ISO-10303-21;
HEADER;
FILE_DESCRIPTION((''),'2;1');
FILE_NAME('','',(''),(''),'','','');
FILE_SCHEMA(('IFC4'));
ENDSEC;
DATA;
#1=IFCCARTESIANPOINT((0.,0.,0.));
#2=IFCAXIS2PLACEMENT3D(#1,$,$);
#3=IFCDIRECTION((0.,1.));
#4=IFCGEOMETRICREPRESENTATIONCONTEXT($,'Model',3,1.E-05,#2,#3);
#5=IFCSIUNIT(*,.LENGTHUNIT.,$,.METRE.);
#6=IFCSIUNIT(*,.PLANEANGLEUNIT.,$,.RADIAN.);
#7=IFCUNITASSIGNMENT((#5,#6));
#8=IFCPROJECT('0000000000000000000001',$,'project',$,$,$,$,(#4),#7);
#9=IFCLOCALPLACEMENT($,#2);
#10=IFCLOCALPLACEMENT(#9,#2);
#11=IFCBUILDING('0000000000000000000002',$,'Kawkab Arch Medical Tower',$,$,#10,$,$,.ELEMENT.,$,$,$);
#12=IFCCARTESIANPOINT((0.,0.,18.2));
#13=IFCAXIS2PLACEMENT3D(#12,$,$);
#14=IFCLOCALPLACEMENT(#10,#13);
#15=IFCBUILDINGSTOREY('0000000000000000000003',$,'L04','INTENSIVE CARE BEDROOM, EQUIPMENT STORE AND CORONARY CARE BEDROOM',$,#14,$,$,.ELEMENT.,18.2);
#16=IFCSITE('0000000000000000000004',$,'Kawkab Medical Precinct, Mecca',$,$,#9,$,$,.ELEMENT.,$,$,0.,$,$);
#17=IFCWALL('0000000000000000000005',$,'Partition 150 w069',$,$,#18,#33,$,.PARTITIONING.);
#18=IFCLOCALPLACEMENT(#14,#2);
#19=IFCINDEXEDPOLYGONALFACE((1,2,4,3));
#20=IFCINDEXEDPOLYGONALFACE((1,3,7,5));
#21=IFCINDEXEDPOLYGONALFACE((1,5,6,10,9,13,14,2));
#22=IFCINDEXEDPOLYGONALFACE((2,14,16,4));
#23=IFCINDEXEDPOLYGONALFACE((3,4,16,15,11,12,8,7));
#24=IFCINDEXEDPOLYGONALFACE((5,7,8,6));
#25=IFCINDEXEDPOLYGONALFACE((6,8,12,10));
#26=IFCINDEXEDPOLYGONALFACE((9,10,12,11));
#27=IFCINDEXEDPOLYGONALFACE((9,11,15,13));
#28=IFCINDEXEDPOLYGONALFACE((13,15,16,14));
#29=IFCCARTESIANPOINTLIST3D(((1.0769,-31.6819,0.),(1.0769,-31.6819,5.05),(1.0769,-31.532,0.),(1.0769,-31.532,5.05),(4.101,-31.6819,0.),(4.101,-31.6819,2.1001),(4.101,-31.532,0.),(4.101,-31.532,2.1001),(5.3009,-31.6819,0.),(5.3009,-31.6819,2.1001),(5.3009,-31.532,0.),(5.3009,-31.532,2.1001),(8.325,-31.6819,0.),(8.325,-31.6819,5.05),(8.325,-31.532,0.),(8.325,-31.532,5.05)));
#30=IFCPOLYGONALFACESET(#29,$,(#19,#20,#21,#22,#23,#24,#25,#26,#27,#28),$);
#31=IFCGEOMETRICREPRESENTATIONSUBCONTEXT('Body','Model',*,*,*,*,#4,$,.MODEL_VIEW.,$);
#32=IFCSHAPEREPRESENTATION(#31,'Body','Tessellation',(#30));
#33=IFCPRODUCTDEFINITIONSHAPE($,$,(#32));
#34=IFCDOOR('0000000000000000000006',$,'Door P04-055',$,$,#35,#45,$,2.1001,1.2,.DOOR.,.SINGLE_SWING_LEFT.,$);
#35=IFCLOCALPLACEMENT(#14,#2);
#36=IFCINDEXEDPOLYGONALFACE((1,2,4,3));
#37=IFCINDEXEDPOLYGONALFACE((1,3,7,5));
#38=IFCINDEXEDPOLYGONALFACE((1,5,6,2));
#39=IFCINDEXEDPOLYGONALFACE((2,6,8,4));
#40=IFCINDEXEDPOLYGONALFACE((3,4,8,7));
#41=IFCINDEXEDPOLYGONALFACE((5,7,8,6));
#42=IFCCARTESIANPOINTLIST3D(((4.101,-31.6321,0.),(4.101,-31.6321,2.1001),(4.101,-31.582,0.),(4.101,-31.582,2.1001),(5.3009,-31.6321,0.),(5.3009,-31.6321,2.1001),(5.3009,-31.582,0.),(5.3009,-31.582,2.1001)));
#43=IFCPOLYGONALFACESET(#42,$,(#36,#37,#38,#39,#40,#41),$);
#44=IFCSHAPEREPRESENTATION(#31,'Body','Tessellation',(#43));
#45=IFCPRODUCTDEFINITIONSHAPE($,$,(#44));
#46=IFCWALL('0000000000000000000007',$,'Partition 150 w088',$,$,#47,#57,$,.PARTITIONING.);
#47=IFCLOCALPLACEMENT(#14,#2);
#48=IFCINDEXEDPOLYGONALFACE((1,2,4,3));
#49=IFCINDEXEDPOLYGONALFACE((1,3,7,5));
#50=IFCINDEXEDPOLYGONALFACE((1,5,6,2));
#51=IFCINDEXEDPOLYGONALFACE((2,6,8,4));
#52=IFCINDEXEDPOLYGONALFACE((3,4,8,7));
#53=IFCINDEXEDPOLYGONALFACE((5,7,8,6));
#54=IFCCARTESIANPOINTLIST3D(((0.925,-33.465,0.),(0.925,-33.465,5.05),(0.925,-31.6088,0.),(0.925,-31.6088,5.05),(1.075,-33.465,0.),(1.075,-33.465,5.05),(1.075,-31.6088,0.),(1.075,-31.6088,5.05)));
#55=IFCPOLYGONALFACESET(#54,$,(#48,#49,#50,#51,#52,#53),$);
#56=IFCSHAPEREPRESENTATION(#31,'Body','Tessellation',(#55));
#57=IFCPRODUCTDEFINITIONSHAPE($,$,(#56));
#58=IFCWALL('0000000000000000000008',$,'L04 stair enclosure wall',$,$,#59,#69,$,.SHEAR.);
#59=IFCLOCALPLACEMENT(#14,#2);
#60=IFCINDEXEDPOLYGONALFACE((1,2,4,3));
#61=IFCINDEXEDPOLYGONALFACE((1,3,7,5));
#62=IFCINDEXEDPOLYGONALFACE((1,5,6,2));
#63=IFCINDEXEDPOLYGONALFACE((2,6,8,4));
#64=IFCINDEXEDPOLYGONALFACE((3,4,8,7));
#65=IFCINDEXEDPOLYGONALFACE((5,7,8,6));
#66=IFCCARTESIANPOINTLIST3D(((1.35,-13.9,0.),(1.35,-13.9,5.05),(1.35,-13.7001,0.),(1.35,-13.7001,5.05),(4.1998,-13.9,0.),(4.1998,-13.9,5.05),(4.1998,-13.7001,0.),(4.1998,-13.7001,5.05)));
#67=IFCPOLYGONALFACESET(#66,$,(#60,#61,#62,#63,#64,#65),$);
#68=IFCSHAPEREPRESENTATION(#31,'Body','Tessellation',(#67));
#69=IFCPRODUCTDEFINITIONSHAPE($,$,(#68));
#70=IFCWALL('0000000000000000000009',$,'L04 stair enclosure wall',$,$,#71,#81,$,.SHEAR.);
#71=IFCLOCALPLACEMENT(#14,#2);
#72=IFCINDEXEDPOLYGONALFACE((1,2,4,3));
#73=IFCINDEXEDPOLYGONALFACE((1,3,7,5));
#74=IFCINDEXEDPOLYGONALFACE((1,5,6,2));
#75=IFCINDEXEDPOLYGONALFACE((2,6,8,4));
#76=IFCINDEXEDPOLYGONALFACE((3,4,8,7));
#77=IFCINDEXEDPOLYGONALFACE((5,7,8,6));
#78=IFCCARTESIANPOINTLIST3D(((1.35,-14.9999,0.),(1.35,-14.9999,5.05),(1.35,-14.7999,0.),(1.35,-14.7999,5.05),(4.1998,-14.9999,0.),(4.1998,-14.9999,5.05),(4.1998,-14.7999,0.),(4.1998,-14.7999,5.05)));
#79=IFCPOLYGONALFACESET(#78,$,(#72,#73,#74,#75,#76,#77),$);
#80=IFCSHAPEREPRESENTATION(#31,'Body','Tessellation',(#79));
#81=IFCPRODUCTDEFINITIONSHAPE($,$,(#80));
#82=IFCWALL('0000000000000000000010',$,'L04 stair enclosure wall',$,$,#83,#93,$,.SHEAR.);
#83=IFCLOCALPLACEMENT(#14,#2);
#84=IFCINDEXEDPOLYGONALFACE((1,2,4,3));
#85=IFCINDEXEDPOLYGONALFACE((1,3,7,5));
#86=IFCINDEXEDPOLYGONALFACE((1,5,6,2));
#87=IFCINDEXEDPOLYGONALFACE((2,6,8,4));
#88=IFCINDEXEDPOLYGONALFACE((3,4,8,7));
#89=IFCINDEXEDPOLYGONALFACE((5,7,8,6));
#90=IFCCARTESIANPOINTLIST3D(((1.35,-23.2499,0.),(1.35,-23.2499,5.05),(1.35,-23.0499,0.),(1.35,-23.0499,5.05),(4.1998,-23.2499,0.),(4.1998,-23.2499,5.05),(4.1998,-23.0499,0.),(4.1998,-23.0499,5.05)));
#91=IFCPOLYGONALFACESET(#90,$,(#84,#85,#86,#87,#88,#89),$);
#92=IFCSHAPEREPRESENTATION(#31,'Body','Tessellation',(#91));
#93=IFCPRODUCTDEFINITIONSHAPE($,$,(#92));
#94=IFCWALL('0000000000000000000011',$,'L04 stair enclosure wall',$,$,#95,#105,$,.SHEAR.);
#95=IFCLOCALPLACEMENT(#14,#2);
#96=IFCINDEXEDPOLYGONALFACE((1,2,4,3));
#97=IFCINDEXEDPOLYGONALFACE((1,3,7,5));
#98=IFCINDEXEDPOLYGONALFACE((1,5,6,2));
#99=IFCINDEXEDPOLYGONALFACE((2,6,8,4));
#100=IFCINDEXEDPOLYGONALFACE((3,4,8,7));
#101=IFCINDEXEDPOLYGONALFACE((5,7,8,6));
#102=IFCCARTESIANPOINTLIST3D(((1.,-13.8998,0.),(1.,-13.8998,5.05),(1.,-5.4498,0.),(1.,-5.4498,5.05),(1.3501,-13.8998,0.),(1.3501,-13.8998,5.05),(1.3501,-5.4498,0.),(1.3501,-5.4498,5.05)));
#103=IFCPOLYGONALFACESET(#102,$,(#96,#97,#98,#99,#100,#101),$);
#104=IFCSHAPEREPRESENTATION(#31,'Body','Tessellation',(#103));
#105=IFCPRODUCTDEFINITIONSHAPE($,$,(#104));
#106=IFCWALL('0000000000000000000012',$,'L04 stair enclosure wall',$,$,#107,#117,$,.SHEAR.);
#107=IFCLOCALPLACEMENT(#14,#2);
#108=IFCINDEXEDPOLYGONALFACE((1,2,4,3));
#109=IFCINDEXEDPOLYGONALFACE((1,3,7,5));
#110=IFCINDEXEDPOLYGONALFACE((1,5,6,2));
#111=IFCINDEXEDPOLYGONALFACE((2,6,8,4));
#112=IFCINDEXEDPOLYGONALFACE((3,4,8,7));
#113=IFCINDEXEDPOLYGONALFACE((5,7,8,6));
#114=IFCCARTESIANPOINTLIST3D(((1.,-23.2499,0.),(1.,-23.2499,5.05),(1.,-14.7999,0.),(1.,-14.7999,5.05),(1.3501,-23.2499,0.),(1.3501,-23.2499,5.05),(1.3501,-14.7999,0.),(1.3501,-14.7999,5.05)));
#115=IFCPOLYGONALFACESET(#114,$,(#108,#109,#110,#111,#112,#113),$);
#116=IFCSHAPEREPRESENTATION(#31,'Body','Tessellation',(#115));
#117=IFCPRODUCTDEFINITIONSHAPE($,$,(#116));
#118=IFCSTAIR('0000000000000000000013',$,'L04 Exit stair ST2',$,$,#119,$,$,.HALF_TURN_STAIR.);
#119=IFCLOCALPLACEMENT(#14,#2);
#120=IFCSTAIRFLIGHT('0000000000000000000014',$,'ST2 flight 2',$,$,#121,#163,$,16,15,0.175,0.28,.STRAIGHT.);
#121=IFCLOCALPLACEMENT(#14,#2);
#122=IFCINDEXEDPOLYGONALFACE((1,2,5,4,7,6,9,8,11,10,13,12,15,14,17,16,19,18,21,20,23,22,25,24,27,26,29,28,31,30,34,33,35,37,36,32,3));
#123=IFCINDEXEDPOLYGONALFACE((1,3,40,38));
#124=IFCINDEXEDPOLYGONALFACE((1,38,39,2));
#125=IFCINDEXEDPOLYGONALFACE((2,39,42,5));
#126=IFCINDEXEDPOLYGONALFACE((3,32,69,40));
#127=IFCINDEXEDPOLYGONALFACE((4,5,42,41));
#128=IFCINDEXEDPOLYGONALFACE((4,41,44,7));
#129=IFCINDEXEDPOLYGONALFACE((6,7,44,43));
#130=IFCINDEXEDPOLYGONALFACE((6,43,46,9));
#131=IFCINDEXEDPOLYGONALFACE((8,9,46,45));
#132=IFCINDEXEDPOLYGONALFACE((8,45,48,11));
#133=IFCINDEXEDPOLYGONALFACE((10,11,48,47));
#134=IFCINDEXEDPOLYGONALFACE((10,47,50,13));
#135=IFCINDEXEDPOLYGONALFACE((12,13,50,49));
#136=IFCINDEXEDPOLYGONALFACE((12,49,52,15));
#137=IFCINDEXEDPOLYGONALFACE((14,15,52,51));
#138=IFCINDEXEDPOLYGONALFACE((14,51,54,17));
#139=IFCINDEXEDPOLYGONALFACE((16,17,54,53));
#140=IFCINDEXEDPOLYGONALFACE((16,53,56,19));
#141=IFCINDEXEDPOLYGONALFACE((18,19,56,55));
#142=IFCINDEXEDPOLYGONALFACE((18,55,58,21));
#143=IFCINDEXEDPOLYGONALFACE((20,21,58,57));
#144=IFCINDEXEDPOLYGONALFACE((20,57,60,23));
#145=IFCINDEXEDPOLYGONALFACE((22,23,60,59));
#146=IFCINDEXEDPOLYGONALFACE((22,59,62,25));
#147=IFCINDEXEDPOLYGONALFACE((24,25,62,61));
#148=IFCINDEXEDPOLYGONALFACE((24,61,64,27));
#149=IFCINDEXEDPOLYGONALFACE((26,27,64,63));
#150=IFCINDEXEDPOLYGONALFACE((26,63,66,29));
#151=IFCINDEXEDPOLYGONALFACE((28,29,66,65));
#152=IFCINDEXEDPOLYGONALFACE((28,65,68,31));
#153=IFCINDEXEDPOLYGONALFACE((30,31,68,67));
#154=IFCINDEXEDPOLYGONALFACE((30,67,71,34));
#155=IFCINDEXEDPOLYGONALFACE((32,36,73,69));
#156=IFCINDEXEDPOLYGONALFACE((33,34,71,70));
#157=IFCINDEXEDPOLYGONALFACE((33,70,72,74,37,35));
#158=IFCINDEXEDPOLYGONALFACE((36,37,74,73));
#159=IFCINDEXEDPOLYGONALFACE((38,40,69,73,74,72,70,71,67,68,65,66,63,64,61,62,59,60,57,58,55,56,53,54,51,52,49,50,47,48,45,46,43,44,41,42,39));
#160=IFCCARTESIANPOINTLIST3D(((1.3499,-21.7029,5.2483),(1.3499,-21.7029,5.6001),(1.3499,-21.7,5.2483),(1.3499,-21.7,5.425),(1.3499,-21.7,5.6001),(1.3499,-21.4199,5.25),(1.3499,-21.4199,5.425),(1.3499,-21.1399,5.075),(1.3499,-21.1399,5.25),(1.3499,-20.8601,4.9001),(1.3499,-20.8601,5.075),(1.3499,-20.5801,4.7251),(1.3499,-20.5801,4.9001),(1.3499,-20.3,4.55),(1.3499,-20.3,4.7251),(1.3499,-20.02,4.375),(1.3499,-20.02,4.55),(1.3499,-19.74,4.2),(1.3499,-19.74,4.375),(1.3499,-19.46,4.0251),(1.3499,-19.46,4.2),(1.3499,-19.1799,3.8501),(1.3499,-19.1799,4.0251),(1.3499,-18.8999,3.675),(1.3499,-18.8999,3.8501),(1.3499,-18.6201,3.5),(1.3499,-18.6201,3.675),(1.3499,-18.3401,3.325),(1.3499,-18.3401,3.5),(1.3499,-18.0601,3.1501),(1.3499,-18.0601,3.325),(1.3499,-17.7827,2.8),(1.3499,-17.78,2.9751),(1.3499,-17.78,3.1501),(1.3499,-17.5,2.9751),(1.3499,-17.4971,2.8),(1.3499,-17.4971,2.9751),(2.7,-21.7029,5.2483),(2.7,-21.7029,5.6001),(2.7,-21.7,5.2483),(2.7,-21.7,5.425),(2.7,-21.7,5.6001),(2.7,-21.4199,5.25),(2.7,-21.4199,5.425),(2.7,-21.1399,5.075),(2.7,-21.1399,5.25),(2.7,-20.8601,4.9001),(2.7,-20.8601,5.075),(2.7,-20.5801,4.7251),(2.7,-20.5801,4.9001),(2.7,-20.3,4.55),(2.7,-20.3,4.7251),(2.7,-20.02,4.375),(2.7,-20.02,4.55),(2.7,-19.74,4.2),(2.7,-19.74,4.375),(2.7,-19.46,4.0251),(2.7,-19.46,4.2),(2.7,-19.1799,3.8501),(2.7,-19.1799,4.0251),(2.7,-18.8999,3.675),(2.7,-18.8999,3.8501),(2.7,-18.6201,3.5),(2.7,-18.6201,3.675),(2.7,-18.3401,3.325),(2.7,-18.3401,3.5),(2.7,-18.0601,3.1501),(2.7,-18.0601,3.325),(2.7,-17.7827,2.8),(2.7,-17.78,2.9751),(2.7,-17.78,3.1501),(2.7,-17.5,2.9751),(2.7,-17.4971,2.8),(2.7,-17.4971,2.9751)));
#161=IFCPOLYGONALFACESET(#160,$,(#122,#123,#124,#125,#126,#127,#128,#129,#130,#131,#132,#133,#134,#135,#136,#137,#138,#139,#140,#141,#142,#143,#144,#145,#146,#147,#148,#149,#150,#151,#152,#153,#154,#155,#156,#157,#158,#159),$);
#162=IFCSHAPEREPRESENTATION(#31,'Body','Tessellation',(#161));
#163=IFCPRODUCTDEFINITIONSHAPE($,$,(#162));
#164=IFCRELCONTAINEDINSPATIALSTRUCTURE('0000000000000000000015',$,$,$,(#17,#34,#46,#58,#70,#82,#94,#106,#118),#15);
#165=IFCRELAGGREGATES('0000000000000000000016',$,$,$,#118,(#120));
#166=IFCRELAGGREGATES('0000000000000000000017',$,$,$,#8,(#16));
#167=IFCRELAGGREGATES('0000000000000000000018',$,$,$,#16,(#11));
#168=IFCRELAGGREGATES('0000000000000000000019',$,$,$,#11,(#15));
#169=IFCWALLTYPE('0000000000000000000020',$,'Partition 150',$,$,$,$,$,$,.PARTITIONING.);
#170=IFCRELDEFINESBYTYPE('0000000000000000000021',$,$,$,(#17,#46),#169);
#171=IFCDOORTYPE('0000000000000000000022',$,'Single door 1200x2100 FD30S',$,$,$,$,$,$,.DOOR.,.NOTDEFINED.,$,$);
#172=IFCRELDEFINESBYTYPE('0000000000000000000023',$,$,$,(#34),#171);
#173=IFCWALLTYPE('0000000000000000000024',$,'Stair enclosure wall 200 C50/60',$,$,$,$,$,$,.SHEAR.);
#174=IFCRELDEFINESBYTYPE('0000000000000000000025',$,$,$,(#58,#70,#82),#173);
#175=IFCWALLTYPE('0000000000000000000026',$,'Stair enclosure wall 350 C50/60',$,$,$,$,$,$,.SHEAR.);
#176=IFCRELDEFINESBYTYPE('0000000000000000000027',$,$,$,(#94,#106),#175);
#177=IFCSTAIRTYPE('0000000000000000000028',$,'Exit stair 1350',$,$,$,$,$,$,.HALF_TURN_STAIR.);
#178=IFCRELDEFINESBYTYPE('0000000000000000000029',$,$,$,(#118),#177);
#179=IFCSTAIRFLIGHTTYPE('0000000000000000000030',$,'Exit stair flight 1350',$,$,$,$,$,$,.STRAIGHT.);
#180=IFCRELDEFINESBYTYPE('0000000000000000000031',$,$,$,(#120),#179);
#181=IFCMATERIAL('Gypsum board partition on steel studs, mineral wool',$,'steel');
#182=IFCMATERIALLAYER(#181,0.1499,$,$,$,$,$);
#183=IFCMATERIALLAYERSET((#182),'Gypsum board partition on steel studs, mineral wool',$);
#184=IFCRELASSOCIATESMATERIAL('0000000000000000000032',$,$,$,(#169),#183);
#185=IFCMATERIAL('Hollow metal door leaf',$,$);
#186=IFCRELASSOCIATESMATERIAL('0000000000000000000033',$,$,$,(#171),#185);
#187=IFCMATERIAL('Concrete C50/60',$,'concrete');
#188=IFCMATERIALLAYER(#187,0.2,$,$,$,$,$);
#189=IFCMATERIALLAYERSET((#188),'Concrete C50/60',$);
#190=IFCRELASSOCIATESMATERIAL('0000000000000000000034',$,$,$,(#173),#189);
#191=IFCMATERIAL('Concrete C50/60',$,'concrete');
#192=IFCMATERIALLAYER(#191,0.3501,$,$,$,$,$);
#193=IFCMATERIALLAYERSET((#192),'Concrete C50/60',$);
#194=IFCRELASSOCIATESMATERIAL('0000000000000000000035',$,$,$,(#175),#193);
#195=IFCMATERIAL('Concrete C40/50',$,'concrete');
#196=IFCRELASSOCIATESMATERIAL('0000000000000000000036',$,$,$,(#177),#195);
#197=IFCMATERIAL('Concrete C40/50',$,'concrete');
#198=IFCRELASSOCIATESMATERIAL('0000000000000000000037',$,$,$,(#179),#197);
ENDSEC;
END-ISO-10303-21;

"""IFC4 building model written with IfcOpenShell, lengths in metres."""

from ifc_helpers import new_model, si_unit, direction, frame, frame_2d, origin, place, context, subcontext, project, spatial, polyline, rectangle, outline, extrude, material, layer, layer_set, type_object, element, fill, aggregate, save


model = new_model("IFC4")

# Units and contexts
model_context = context("Model", 3, precision=1e-05, world=origin(), true_north=direction((0.0, 1.0)))
body_context = subcontext(model_context, "Body", "Model", "MODEL_VIEW")
ifc_project = project(units=[si_unit("LENGTHUNIT", "METRE"), si_unit("PLANEANGLEUNIT", "RADIAN")], contexts=[model_context])

# Site, building, storey
site_placement = place(None, origin())
site = spatial("IfcSite", under=ifc_project, at=site_placement, Name="Kawkab Medical Precinct, Mecca", CompositionType="ELEMENT", RefElevation=0.0)
building_placement = place(site_placement, origin())
building = spatial("IfcBuilding", under=site, at=building_placement, Name="Kawkab Arch Medical Tower", CompositionType="ELEMENT")
storey_placement = place(building_placement, frame((0.0, 0.0, 18.2)))
storey = spatial("IfcBuildingStorey", under=building, at=storey_placement, Name="L04", Description="INTENSIVE CARE BEDROOM, EQUIPMENT STORE AND CORONARY CARE BEDROOM", CompositionType="ELEMENT", Elevation=18.2)

# Wall, opening, door
ifc_material_1 = material(Name="Gypsum board partition on steel studs, mineral wool", Category="steel")
ifc_layer_1 = layer(ifc_material_1, 0.1499)
ifc_layer_set_1 = layer_set([ifc_layer_1], Name="Gypsum board partition on steel studs, mineral wool")
wall_type_1 = type_object("IfcWallType", Name="Partition 150", PredefinedType="PARTITIONING", material=ifc_layer_set_1)
wall_1_placement = place(storey_placement, frame((1.0769, -31.6069, 0.0), z_axis=(0.0, 0.0, 1.0), x_axis=(1.0, 0.0, 0.0)))
wall_1 = element("IfcWall", 1, at=wall_1_placement, inside=storey, type_object=wall_type_1, Name="Partition 150 w069", PredefinedType="PARTITIONING", context=body_context, shape_type="SweptSolid", body=[
    extrude(rectangle(XDim=7.248, YDim=0.1499, at=frame_2d((3.624, 0.0))), origin(), (0.0, 0.0, 1.0), 5.05),
])
opening_placement = place(wall_1_placement, frame((3.0239, 0.0, 0.0)))
opening = element("IfcOpeningElement", 2, at=opening_placement, cuts=wall_1, PredefinedType="OPENING", context=body_context, shape_type="SweptSolid", body=[
    extrude(rectangle(XDim=1.2, YDim=2.1001, at=frame_2d((0.6001, 1.05))), frame((0.0, 0.085, 0.0), z_axis=(0.0, -1.0, 0.0), x_axis=(1.0, 0.0, 0.0)), (0.0, 0.0, 1.0), 0.1699),
])
ifc_material_2 = material(Name="Hollow metal door leaf")
door_type = type_object("IfcDoorType", Name="Single door 1200x2100 FD30S", OperationType="NOTDEFINED", PredefinedType="DOOR", material=ifc_material_2)
door_placement = place(opening_placement, origin())
door = element("IfcDoor", 3, at=door_placement, inside=storey, type_object=door_type, Name="Door P04-055", OperationType="SINGLE_SWING_LEFT", OverallHeight=2.1001, OverallWidth=1.2, PredefinedType="DOOR", context=body_context, shape_type="SweptSolid", body=[
    extrude(rectangle(XDim=1.2, YDim=2.1001, at=frame_2d((0.6001, 1.05))), frame((0.0, 0.0249, 0.0), z_axis=(0.0, -1.0, 0.0), x_axis=(1.0, 0.0, 0.0)), (0.0, 0.0, 1.0), 0.05),
])
fill(opening, door)

# Walls
wall_2_placement = place(storey_placement, frame((1.0, -33.4651, 0.0), z_axis=(0.0, 0.0, 1.0), x_axis=(0.0, 1.0, 0.0)))
element("IfcWall", 4, at=wall_2_placement, inside=storey, type_object=wall_type_1, Name="Partition 150 w088", PredefinedType="PARTITIONING", context=body_context, shape_type="SweptSolid", body=[
    extrude(rectangle(XDim=1.8562, YDim=0.1499, at=frame_2d((0.9282, 0.0))), origin(), (0.0, 0.0, 1.0), 5.05),
])
ifc_material_3 = material(Name="Concrete C50/60", Category="concrete")
ifc_layer_2 = layer(ifc_material_3, 0.2)
ifc_layer_set_2 = layer_set([ifc_layer_2], Name="Concrete C50/60")
wall_type_2 = type_object("IfcWallType", Name="Stair enclosure wall 200 C50/60", PredefinedType="SHEAR", material=ifc_layer_set_2)
for number, where, z_axis, x_axis, name in (
    (5, (1.3501, -13.8, 0.0), (0.0, 0.0, 1.0), (1.0, 0.0, 0.0), "L04 stair enclosure wall"),
    (6, (1.3501, -14.8999, 0.0), (0.0, 0.0, 1.0), (1.0, 0.0, 0.0), "L04 stair enclosure wall"),
    (7, (1.3501, -23.1499, 0.0), (0.0, 0.0, 1.0), (1.0, 0.0, 0.0), "L04 stair enclosure wall"),
):
    element("IfcWall", number, at=place(storey_placement, frame(where, z_axis=z_axis, x_axis=x_axis)), inside=storey, type_object=wall_type_2, Name=name, PredefinedType="SHEAR", context=body_context, shape_type="SweptSolid", body=[
        extrude(rectangle(XDim=2.8499, YDim=0.2, at=frame_2d((1.4248, 0.0))), origin(), (0.0, 0.0, 1.0), 5.05),
    ])
ifc_material_4 = material(Name="Concrete C50/60", Category="concrete")
ifc_layer_3 = layer(ifc_material_4, 0.3501)
ifc_layer_set_3 = layer_set([ifc_layer_3], Name="Concrete C50/60")
wall_type_3 = type_object("IfcWallType", Name="Stair enclosure wall 350 C50/60", PredefinedType="SHEAR", material=ifc_layer_set_3)
for number, where, z_axis, x_axis, name in (
    (8, (1.175, -13.8999, 0.0), (0.0, 0.0, 1.0), (0.0, 1.0, 0.0), "L04 stair enclosure wall"),
    (9, (1.175, -23.25, 0.0), (0.0, 0.0, 1.0), (0.0, 1.0, 0.0), "L04 stair enclosure wall"),
):
    element("IfcWall", number, at=place(storey_placement, frame(where, z_axis=z_axis, x_axis=x_axis)), inside=storey, type_object=wall_type_3, Name=name, PredefinedType="SHEAR", context=body_context, shape_type="SweptSolid", body=[
        extrude(rectangle(XDim=8.45, YDim=0.3501, at=frame_2d((4.2251, 0.0))), origin(), (0.0, 0.0, 1.0), 5.05),
    ])

# Stair, stair flight
ifc_material_5 = material(Name="Concrete C40/50", Category="concrete")
stair_type = type_object("IfcStairType", Name="Exit stair 1350", PredefinedType="HALF_TURN_STAIR", material=ifc_material_5)
stair_placement = place(storey_placement, origin())
stair = element("IfcStair", 10, at=stair_placement, inside=storey, type_object=stair_type, Name="L04 Exit stair ST2", PredefinedType="HALF_TURN_STAIR")
ifc_material_6 = material(Name="Concrete C40/50", Category="concrete")
stair_flight_type = type_object("IfcStairFlightType", Name="Exit stair flight 1350", PredefinedType="STRAIGHT", material=ifc_material_6)
stair_flight_placement = place(storey_placement, frame((2.0249, -17.5, 2.8), z_axis=(0.0, 0.0, 1.0), x_axis=(0.0, -1.0, 0.0)))
stair_flight = element("IfcStairFlight", 11, at=stair_flight_placement, type_object=stair_flight_type, Name="ST2 flight 2", NumberOfRisers=16, NumberOfTreads=15, PredefinedType="STRAIGHT", RiserHeight=0.175, TreadLength=0.28, context=body_context, shape_type="SweptSolid", body=[
    extrude(outline(polyline([(-0.0029, 0.0), (-0.0029, 0.175), (0.0, 0.175), (0.28, 0.175), (0.28, 0.3501), (0.5601, 0.3501), (0.5601, 0.5249), (0.8401, 0.5249), (0.8401, 0.7), (1.1201, 0.7), (1.1201, 0.875), (1.3999, 0.875), (1.3999, 1.05), (1.6799, 1.05), (1.6799, 1.2251), (1.96, 1.2251), (1.96, 1.3999), (2.24, 1.3999), (2.24, 1.575), (2.52, 1.575), (2.52, 1.75), (2.8, 1.75), (2.8, 1.925), (3.0801, 1.925), (3.0801, 2.1001), (3.3601, 2.1001), (3.3601, 2.2749), (3.6399, 2.2749), (3.6399, 2.45), (3.9199, 2.45), (3.9199, 2.625), (4.2, 2.625), (4.2, 2.8), (4.2029, 2.8), (4.2029, 2.4482), (4.2, 2.4482), (0.2827, 0.0), (-0.0029, 0.0)])), frame((0.0, 0.675, 0.0), z_axis=(0.0, -1.0, 0.0), x_axis=(1.0, 0.0, 0.0)), (0.0, 0.0, 1.0), 1.3501),
])
aggregate(stair, [stair_flight])

save(model, "model.ifc")
